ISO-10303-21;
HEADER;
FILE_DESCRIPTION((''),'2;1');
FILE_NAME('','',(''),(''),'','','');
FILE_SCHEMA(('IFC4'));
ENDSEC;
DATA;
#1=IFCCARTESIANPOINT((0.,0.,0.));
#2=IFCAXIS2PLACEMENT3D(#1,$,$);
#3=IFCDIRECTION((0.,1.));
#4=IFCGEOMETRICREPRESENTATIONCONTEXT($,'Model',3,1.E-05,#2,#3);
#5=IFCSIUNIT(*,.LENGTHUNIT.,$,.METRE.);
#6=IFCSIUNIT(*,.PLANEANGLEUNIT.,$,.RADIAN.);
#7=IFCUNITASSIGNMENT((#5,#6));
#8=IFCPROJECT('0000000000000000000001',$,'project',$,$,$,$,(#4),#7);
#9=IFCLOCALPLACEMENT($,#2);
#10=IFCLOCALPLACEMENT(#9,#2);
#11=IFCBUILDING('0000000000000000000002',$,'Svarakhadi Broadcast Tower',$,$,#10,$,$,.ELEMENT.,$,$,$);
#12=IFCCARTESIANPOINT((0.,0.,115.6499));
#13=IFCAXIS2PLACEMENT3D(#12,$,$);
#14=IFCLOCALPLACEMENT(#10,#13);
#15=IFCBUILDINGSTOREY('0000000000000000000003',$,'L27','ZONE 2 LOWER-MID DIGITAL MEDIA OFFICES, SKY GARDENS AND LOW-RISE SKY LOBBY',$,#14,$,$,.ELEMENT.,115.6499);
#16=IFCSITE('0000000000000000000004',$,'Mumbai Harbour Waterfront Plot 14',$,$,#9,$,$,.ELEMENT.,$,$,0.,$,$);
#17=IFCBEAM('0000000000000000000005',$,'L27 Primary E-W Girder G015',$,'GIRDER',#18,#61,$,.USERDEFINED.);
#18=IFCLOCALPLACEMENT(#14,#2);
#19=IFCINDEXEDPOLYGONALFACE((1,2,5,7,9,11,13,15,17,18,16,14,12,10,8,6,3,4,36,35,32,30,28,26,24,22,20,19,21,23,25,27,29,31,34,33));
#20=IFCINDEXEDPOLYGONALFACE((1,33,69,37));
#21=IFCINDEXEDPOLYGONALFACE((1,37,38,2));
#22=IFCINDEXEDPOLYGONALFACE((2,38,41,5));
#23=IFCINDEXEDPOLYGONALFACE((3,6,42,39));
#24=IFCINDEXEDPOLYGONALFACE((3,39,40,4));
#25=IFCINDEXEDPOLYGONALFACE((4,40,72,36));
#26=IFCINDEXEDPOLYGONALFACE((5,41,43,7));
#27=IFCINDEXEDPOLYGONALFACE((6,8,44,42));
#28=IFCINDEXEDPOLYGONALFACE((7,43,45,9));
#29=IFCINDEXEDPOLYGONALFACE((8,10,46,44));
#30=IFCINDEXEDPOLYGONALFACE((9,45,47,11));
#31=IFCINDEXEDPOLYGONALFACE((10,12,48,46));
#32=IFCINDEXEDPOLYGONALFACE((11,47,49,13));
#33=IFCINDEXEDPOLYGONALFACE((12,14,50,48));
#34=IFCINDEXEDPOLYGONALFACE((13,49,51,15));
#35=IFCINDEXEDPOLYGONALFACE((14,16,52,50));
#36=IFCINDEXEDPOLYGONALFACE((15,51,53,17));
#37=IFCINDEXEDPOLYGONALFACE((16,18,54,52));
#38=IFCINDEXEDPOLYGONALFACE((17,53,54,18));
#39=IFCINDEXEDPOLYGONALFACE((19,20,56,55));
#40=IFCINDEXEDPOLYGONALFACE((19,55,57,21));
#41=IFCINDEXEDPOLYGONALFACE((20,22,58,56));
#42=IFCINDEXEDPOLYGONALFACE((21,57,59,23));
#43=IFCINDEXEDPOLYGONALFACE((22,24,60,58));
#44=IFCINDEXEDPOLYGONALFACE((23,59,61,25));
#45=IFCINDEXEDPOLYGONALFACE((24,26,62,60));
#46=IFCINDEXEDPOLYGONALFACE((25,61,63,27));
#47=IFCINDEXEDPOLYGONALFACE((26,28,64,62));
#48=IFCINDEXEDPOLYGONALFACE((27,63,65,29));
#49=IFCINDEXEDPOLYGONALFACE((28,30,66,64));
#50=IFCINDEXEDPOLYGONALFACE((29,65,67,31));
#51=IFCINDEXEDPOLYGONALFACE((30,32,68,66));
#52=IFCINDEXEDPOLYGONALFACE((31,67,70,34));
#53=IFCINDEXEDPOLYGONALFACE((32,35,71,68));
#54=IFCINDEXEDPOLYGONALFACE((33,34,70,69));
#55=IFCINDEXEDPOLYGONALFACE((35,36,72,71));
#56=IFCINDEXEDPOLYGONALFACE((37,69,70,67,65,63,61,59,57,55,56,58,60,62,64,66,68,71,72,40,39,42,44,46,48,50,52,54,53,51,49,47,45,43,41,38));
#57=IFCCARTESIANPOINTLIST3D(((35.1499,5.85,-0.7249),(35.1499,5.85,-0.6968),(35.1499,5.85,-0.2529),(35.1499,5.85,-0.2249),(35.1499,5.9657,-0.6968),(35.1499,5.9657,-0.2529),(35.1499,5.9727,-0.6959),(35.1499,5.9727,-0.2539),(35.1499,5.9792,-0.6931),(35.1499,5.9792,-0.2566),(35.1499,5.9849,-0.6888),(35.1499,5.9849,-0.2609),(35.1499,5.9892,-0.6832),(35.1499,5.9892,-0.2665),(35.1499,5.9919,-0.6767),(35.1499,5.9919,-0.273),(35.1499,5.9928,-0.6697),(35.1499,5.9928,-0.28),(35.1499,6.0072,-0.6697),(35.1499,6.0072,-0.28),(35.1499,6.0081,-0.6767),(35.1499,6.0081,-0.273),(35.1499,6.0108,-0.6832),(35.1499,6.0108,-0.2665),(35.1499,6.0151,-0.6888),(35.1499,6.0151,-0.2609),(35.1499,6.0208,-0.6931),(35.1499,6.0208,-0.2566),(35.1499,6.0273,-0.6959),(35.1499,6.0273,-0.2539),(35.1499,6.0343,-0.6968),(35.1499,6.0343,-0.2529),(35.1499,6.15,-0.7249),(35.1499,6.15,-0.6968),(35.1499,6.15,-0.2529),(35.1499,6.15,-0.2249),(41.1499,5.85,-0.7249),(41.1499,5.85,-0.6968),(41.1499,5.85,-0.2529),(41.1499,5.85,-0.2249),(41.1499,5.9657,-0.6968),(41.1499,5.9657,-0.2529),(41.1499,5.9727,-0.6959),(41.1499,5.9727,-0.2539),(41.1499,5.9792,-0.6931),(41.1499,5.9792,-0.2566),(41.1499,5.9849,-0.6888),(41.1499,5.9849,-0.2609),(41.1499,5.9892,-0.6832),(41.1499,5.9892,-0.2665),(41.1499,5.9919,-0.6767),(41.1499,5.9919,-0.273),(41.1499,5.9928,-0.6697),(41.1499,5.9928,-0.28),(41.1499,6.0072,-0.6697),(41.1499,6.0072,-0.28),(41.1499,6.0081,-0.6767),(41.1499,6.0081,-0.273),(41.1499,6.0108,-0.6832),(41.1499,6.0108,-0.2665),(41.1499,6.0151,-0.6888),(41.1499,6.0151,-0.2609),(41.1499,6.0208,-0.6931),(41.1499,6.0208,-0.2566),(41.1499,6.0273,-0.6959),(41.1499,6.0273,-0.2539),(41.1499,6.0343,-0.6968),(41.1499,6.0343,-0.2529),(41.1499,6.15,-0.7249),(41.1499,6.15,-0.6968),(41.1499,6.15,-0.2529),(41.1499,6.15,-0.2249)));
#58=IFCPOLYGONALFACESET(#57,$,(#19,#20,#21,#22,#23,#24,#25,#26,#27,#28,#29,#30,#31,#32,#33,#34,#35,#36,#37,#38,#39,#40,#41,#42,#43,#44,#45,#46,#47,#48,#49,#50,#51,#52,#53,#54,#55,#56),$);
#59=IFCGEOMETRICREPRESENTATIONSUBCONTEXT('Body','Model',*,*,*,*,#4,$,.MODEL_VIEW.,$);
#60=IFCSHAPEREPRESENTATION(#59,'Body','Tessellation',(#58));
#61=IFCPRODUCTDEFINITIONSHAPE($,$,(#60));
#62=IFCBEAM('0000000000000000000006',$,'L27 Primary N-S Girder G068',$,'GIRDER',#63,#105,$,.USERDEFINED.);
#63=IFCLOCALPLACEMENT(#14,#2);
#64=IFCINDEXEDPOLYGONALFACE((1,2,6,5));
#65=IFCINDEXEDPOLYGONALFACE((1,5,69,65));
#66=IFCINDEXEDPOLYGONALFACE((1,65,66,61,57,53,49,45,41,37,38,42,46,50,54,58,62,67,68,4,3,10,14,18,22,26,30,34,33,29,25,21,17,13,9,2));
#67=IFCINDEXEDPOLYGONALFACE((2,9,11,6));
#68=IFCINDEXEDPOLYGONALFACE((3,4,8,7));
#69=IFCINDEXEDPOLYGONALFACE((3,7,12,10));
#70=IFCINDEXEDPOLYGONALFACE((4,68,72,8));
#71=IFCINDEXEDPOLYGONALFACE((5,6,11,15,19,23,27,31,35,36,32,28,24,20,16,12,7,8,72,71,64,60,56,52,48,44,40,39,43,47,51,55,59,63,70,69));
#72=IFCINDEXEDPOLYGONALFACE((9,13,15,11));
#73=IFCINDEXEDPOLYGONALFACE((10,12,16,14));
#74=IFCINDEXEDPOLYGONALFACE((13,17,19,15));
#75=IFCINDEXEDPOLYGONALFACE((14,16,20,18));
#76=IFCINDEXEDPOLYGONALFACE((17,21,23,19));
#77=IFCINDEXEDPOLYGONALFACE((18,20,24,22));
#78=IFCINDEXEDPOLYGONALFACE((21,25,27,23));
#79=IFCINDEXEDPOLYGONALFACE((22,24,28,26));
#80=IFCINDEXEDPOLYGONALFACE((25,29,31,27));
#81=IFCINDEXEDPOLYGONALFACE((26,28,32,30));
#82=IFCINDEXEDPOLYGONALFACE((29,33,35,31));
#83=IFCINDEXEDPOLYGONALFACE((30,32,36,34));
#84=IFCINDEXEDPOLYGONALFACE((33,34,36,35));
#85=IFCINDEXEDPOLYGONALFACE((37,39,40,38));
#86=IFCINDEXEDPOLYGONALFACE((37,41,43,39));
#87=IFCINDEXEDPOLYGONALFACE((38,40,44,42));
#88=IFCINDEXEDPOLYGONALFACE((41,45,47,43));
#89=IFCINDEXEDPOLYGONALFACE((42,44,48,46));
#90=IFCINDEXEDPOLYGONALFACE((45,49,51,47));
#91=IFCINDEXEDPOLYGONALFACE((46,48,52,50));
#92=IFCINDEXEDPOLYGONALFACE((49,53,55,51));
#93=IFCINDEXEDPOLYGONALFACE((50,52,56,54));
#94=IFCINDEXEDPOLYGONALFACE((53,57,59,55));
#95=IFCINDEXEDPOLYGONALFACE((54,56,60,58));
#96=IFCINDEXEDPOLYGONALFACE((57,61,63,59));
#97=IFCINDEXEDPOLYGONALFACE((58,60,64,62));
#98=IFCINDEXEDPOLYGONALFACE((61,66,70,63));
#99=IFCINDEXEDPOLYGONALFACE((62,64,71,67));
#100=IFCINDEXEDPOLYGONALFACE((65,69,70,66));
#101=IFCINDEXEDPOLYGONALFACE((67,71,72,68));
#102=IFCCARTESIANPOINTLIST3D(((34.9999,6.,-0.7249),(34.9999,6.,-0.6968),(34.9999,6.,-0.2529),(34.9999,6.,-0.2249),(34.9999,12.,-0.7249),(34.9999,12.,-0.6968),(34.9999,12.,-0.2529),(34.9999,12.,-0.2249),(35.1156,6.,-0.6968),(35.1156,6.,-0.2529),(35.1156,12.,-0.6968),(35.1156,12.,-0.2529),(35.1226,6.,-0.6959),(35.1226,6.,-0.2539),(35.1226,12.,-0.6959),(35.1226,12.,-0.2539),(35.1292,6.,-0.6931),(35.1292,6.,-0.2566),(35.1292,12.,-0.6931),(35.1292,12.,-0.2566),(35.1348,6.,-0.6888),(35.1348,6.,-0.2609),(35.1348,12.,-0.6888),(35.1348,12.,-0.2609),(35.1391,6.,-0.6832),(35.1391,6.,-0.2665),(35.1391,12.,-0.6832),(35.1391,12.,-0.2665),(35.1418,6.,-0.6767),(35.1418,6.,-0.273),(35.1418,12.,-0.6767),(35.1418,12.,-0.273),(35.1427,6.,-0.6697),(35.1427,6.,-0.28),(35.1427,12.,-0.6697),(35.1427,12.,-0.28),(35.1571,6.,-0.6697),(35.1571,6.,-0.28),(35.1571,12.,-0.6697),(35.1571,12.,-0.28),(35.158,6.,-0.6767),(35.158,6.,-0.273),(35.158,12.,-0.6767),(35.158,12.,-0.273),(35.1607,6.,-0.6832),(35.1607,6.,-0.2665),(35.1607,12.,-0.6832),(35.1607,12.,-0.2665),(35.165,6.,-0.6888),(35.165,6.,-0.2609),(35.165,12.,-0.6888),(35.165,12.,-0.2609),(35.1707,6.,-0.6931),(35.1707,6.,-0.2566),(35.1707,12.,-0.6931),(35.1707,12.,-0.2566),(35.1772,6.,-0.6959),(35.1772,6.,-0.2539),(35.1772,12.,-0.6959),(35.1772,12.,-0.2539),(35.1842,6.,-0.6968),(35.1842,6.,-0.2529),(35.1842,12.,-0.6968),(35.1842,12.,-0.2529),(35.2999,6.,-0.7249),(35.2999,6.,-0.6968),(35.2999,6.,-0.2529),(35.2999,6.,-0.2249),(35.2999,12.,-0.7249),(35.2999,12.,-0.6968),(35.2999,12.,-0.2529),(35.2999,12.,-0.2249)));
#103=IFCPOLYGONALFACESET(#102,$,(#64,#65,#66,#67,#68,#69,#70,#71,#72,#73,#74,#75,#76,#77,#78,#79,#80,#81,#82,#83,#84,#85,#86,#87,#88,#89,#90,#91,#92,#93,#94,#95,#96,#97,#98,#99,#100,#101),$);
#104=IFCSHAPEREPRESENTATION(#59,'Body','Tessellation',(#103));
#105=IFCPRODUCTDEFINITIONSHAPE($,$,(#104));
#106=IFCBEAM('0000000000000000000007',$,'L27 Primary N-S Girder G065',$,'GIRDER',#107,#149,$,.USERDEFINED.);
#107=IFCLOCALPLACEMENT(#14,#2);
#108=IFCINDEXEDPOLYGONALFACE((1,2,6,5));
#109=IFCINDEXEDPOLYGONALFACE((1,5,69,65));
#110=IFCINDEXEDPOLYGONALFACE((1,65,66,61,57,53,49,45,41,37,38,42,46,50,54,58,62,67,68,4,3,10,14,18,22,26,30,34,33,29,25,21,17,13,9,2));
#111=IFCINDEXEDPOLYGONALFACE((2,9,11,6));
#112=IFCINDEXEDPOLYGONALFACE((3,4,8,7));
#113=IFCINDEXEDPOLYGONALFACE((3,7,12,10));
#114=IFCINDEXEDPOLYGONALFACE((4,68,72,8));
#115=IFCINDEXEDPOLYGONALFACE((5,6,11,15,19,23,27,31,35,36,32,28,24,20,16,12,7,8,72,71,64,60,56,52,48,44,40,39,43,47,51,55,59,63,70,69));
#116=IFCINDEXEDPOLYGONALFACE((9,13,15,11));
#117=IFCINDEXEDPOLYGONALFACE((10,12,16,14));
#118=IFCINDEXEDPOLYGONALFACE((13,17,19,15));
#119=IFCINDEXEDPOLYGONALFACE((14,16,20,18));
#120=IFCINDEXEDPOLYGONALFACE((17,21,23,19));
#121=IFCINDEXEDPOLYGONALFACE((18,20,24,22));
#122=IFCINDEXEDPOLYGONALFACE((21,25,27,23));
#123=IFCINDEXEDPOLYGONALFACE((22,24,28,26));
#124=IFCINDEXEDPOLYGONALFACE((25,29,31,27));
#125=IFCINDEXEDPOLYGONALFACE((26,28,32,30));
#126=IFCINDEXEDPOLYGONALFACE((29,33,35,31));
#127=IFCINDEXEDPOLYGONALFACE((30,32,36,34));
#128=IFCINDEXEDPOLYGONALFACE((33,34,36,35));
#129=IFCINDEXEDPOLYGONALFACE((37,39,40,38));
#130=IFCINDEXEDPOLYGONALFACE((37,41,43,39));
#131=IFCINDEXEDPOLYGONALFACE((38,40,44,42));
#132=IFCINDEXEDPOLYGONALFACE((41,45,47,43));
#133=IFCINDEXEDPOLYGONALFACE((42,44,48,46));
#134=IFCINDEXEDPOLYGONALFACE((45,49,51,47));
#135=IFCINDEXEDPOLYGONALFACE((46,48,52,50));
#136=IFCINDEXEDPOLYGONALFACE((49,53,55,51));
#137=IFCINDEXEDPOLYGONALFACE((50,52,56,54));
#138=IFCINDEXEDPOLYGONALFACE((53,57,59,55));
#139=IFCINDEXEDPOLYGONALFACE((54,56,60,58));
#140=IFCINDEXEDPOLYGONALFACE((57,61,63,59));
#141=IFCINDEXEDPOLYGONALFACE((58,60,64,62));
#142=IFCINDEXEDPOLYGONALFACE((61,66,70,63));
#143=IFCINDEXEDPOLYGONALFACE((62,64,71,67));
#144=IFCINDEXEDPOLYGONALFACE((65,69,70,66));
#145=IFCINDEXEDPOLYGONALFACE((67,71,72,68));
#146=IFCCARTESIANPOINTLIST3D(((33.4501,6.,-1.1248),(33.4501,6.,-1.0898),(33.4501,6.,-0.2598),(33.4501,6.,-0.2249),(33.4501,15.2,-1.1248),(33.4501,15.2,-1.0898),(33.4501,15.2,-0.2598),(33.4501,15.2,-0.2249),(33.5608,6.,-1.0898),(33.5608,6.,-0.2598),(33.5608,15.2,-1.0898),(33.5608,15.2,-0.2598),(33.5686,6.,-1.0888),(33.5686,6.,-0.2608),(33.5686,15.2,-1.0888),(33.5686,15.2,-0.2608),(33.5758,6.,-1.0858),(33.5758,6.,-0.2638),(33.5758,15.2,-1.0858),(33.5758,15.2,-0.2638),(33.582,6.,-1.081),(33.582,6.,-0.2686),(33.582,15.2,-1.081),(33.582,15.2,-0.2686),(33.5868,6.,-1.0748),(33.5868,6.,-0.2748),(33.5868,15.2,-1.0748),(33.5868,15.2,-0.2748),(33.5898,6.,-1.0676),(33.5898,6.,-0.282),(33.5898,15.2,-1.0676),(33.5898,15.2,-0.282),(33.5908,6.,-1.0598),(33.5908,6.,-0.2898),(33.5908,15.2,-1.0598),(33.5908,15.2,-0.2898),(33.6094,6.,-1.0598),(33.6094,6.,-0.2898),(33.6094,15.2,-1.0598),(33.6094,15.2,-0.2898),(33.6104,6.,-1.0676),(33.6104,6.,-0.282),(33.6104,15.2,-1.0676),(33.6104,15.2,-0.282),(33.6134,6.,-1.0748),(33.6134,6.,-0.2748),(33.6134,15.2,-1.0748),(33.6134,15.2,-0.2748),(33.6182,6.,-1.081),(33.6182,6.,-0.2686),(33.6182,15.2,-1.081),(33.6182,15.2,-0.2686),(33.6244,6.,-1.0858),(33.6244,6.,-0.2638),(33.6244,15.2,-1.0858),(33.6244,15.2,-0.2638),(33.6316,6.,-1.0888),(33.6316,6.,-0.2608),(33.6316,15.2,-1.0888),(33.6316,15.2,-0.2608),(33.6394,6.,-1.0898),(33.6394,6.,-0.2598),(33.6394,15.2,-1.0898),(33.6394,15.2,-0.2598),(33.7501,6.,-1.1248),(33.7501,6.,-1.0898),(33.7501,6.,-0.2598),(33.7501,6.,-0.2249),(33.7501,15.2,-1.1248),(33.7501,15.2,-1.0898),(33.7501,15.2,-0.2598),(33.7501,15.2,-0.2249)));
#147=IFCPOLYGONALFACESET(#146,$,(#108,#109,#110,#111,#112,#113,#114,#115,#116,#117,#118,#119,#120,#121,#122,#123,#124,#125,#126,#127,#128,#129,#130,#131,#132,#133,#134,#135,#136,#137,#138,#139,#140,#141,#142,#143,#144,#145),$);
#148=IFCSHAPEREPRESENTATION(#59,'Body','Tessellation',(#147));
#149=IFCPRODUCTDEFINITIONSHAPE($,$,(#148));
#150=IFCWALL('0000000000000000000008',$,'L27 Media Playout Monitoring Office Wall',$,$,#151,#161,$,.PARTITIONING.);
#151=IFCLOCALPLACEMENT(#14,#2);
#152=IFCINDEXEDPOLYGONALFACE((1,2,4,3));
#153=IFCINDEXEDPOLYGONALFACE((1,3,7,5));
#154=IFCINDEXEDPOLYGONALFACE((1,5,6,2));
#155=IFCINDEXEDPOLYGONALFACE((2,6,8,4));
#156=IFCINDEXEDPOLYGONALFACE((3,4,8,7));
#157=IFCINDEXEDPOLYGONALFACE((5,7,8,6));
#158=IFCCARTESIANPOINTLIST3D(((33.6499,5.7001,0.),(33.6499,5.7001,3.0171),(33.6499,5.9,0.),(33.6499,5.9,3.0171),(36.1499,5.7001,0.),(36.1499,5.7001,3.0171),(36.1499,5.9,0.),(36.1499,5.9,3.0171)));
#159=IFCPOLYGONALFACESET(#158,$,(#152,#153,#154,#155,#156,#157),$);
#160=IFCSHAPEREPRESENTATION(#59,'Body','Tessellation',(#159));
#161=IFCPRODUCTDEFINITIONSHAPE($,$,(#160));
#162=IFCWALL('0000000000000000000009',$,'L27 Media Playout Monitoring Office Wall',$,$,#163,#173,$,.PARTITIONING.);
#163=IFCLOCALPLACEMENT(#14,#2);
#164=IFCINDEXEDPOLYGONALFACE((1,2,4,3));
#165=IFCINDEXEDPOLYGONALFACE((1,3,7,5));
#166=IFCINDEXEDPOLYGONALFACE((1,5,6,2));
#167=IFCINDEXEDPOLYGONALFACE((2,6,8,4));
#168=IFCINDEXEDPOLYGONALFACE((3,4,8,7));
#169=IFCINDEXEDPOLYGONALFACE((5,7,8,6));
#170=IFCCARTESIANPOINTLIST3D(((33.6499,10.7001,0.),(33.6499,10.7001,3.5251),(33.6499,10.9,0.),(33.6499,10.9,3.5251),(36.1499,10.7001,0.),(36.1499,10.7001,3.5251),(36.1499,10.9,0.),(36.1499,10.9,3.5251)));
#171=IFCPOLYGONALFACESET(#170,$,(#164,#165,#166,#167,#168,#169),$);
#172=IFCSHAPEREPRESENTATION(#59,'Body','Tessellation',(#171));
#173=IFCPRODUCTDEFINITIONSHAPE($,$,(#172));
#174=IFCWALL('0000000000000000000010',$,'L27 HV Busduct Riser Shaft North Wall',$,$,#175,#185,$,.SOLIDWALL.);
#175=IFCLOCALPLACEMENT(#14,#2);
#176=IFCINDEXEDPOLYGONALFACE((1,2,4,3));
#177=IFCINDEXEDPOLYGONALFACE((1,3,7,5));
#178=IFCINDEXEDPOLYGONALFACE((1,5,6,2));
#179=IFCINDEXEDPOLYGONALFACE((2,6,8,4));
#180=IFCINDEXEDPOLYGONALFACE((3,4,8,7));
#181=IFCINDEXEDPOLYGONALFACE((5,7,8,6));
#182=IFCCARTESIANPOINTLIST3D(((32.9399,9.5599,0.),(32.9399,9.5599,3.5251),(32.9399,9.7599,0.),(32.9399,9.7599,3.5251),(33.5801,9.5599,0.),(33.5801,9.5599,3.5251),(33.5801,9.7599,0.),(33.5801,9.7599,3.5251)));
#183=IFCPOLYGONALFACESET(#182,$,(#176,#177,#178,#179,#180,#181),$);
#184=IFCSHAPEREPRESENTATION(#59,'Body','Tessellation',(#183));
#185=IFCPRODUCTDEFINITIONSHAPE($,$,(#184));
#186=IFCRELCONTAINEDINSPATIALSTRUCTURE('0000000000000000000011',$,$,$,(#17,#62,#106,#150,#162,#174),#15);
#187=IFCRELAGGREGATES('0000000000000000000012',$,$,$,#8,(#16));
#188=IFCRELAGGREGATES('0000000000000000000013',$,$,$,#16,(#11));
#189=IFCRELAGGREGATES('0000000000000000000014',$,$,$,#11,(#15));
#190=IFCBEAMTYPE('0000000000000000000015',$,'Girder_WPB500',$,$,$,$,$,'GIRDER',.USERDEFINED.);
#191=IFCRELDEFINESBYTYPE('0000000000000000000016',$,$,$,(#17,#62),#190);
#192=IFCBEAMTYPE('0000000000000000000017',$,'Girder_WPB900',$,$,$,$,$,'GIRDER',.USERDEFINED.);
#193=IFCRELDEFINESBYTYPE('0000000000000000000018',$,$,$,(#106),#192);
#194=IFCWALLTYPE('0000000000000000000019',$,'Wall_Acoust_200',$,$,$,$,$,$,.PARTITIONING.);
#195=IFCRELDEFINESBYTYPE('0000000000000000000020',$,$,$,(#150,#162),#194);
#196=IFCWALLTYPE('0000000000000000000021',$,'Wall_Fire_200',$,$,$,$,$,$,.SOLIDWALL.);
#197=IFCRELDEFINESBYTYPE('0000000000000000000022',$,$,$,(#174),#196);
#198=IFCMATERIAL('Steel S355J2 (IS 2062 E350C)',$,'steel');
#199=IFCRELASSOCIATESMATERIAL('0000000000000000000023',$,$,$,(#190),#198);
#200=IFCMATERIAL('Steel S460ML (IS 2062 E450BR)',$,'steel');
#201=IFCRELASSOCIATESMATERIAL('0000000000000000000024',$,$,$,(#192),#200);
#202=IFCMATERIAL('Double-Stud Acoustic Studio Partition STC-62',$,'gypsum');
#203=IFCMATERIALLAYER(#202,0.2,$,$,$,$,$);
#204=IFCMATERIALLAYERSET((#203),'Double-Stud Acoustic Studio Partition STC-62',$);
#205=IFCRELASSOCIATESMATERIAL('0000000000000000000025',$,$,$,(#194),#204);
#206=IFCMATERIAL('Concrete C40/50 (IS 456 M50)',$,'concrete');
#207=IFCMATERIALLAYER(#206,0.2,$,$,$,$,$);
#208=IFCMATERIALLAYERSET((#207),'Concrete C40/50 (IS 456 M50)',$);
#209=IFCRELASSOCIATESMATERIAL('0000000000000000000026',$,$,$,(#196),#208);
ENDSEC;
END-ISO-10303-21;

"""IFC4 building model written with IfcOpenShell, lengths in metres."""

from ifc_helpers import new_model, si_unit, direction, frame, frame_2d, origin, origin_2d, place, context, subcontext, project, spatial, rectangle, i_section, extrude, material, layer, layer_set, material_profile, profile_set, type_object, element, save


model = new_model("IFC4")

# Units and contexts
model_context = context("Model", 3, precision=1e-05, world=origin(), true_north=direction((0.0, 1.0)))
body_context = subcontext(model_context, "Body", "Model", "MODEL_VIEW")
ifc_project = project(units=[si_unit("LENGTHUNIT", "METRE"), si_unit("PLANEANGLEUNIT", "RADIAN")], contexts=[model_context])

# Site, building, storey
site_placement = place(None, origin())
site = spatial("IfcSite", under=ifc_project, at=site_placement, Name="Mumbai Harbour Waterfront Plot 14", CompositionType="ELEMENT", RefElevation=0.0)
building_placement = place(site_placement, origin())
building = spatial("IfcBuilding", under=site, at=building_placement, Name="Svarakhadi Broadcast Tower", CompositionType="ELEMENT")
storey_placement = place(building_placement, frame((0.0, 0.0, 115.6499)))
storey = spatial("IfcBuildingStorey", under=building, at=storey_placement, Name="L27", Description="ZONE 2 LOWER-MID DIGITAL MEDIA OFFICES, SKY GARDENS AND LOW-RISE SKY LOBBY", CompositionType="ELEMENT", Elevation=115.6499)

# Shared definitions
ifc_material_1 = material(Name="Steel S460ML (IS 2062 E450BR)", Category="steel")

# Beams
ifc_material_2 = material(Name="Steel S355J2 (IS 2062 E350C)", Category="steel")
ifc_material_profile_1 = material_profile(ifc_material_2, i_section(OverallWidth=0.3, OverallDepth=0.5, WebThickness=0.0144, FlangeThickness=0.0281, FilletRadius=0.0271, at=origin_2d()), Name="WPB 500x300x187")
ifc_profile_set_1 = profile_set([ifc_material_profile_1], Name="Steel S355J2 (IS 2062 E350C)")
beam_type_1 = type_object("IfcBeamType", Name="Girder_WPB500", ElementType="GIRDER", PredefinedType="USERDEFINED", material=ifc_profile_set_1)
for number, where, z_axis, x_axis, name in (
    (1, (35.1499, 6.0, -0.4749), (1.0, 0.0, 0.0), (0.0, 1.0, 0.0), "L27 Primary E-W Girder G015"),
    (2, (35.1499, 6.0, -0.4749), (0.0, 1.0, 0.0), (-1.0, 0.0, 0.0), "L27 Primary N-S Girder G068"),
):
    element("IfcBeam", number, at=place(storey_placement, frame(where, z_axis=z_axis, x_axis=x_axis)), inside=storey, type_object=beam_type_1, Name=name, ObjectType="GIRDER", PredefinedType="USERDEFINED", context=body_context, shape_type="SweptSolid", body=[
        extrude(i_section(OverallWidth=0.3, OverallDepth=0.5, WebThickness=0.0144, FlangeThickness=0.0281, FilletRadius=0.0271, at=origin_2d()), origin(), (0.0, 0.0, 1.0), 6.0),
    ])
ifc_material_profile_2 = material_profile(ifc_material_1, i_section(OverallWidth=0.3, OverallDepth=0.8999, WebThickness=0.0186, FlangeThickness=0.0349, FilletRadius=0.03, at=origin_2d()), Name="WPB 900x300x291")
ifc_profile_set_2 = profile_set([ifc_material_profile_2], Name="Steel S460ML (IS 2062 E450BR)")
beam_type_2 = type_object("IfcBeamType", Name="Girder_WPB900", ElementType="GIRDER", PredefinedType="USERDEFINED", material=ifc_profile_set_2)
beam_placement = place(storey_placement, frame((33.6001, 6.0, -0.6748), z_axis=(0.0, 1.0, 0.0), x_axis=(-1.0, 0.0, 0.0)))
element("IfcBeam", 3, at=beam_placement, inside=storey, type_object=beam_type_2, Name="L27 Primary N-S Girder G065", ObjectType="GIRDER", PredefinedType="USERDEFINED", context=body_context, shape_type="SweptSolid", body=[
    extrude(i_section(OverallWidth=0.3, OverallDepth=0.8999, WebThickness=0.0186, FlangeThickness=0.0349, FilletRadius=0.03, at=origin_2d()), origin(), (0.0, 0.0, 1.0), 9.2),
])

# Walls
ifc_material_3 = material(Name="Double-Stud Acoustic Studio Partition STC-62", Category="gypsum")
ifc_layer_1 = layer(ifc_material_3, 0.2)
ifc_layer_set_1 = layer_set([ifc_layer_1], Name="Double-Stud Acoustic Studio Partition STC-62")
wall_type_1 = type_object("IfcWallType", Name="Wall_Acoust_200", PredefinedType="PARTITIONING", material=ifc_layer_set_1)
wall_1_placement = place(storey_placement, frame((33.6499, 5.8, 0.0), z_axis=(0.0, 0.0, 1.0), x_axis=(1.0, 0.0, 0.0)))
element("IfcWall", 4, at=wall_1_placement, inside=storey, type_object=wall_type_1, Name="L27 Media Playout Monitoring Office Wall", PredefinedType="PARTITIONING", context=body_context, shape_type="SweptSolid", body=[
    extrude(rectangle(XDim=2.5, YDim=0.2, at=frame_2d((1.25, 0.0))), origin(), (0.0, 0.0, 1.0), 3.0171),
])
wall_2_placement = place(storey_placement, frame((33.6499, 10.8, 0.0), z_axis=(0.0, 0.0, 1.0), x_axis=(1.0, 0.0, 0.0)))
element("IfcWall", 5, at=wall_2_placement, inside=storey, type_object=wall_type_1, Name="L27 Media Playout Monitoring Office Wall", PredefinedType="PARTITIONING", context=body_context, shape_type="SweptSolid", body=[
    extrude(rectangle(XDim=2.5, YDim=0.2, at=frame_2d((1.25, 0.0))), origin(), (0.0, 0.0, 1.0), 3.5251),
])
ifc_material_4 = material(Name="Concrete C40/50 (IS 456 M50)", Category="concrete")
ifc_layer_2 = layer(ifc_material_4, 0.2)
ifc_layer_set_2 = layer_set([ifc_layer_2], Name="Concrete C40/50 (IS 456 M50)")
wall_type_2 = type_object("IfcWallType", Name="Wall_Fire_200", PredefinedType="SOLIDWALL", material=ifc_layer_set_2)
wall_3_placement = place(storey_placement, frame((32.9399, 9.6599, 0.0), z_axis=(0.0, 0.0, 1.0), x_axis=(1.0, 0.0, 0.0)))
element("IfcWall", 6, at=wall_3_placement, inside=storey, type_object=wall_type_2, Name="L27 HV Busduct Riser Shaft North Wall", PredefinedType="SOLIDWALL", context=body_context, shape_type="SweptSolid", body=[
    extrude(rectangle(XDim=0.6401, YDim=0.2, at=frame_2d((0.3201, 0.0))), origin(), (0.0, 0.0, 1.0), 3.5251),
])

save(model, "model.ifc")
